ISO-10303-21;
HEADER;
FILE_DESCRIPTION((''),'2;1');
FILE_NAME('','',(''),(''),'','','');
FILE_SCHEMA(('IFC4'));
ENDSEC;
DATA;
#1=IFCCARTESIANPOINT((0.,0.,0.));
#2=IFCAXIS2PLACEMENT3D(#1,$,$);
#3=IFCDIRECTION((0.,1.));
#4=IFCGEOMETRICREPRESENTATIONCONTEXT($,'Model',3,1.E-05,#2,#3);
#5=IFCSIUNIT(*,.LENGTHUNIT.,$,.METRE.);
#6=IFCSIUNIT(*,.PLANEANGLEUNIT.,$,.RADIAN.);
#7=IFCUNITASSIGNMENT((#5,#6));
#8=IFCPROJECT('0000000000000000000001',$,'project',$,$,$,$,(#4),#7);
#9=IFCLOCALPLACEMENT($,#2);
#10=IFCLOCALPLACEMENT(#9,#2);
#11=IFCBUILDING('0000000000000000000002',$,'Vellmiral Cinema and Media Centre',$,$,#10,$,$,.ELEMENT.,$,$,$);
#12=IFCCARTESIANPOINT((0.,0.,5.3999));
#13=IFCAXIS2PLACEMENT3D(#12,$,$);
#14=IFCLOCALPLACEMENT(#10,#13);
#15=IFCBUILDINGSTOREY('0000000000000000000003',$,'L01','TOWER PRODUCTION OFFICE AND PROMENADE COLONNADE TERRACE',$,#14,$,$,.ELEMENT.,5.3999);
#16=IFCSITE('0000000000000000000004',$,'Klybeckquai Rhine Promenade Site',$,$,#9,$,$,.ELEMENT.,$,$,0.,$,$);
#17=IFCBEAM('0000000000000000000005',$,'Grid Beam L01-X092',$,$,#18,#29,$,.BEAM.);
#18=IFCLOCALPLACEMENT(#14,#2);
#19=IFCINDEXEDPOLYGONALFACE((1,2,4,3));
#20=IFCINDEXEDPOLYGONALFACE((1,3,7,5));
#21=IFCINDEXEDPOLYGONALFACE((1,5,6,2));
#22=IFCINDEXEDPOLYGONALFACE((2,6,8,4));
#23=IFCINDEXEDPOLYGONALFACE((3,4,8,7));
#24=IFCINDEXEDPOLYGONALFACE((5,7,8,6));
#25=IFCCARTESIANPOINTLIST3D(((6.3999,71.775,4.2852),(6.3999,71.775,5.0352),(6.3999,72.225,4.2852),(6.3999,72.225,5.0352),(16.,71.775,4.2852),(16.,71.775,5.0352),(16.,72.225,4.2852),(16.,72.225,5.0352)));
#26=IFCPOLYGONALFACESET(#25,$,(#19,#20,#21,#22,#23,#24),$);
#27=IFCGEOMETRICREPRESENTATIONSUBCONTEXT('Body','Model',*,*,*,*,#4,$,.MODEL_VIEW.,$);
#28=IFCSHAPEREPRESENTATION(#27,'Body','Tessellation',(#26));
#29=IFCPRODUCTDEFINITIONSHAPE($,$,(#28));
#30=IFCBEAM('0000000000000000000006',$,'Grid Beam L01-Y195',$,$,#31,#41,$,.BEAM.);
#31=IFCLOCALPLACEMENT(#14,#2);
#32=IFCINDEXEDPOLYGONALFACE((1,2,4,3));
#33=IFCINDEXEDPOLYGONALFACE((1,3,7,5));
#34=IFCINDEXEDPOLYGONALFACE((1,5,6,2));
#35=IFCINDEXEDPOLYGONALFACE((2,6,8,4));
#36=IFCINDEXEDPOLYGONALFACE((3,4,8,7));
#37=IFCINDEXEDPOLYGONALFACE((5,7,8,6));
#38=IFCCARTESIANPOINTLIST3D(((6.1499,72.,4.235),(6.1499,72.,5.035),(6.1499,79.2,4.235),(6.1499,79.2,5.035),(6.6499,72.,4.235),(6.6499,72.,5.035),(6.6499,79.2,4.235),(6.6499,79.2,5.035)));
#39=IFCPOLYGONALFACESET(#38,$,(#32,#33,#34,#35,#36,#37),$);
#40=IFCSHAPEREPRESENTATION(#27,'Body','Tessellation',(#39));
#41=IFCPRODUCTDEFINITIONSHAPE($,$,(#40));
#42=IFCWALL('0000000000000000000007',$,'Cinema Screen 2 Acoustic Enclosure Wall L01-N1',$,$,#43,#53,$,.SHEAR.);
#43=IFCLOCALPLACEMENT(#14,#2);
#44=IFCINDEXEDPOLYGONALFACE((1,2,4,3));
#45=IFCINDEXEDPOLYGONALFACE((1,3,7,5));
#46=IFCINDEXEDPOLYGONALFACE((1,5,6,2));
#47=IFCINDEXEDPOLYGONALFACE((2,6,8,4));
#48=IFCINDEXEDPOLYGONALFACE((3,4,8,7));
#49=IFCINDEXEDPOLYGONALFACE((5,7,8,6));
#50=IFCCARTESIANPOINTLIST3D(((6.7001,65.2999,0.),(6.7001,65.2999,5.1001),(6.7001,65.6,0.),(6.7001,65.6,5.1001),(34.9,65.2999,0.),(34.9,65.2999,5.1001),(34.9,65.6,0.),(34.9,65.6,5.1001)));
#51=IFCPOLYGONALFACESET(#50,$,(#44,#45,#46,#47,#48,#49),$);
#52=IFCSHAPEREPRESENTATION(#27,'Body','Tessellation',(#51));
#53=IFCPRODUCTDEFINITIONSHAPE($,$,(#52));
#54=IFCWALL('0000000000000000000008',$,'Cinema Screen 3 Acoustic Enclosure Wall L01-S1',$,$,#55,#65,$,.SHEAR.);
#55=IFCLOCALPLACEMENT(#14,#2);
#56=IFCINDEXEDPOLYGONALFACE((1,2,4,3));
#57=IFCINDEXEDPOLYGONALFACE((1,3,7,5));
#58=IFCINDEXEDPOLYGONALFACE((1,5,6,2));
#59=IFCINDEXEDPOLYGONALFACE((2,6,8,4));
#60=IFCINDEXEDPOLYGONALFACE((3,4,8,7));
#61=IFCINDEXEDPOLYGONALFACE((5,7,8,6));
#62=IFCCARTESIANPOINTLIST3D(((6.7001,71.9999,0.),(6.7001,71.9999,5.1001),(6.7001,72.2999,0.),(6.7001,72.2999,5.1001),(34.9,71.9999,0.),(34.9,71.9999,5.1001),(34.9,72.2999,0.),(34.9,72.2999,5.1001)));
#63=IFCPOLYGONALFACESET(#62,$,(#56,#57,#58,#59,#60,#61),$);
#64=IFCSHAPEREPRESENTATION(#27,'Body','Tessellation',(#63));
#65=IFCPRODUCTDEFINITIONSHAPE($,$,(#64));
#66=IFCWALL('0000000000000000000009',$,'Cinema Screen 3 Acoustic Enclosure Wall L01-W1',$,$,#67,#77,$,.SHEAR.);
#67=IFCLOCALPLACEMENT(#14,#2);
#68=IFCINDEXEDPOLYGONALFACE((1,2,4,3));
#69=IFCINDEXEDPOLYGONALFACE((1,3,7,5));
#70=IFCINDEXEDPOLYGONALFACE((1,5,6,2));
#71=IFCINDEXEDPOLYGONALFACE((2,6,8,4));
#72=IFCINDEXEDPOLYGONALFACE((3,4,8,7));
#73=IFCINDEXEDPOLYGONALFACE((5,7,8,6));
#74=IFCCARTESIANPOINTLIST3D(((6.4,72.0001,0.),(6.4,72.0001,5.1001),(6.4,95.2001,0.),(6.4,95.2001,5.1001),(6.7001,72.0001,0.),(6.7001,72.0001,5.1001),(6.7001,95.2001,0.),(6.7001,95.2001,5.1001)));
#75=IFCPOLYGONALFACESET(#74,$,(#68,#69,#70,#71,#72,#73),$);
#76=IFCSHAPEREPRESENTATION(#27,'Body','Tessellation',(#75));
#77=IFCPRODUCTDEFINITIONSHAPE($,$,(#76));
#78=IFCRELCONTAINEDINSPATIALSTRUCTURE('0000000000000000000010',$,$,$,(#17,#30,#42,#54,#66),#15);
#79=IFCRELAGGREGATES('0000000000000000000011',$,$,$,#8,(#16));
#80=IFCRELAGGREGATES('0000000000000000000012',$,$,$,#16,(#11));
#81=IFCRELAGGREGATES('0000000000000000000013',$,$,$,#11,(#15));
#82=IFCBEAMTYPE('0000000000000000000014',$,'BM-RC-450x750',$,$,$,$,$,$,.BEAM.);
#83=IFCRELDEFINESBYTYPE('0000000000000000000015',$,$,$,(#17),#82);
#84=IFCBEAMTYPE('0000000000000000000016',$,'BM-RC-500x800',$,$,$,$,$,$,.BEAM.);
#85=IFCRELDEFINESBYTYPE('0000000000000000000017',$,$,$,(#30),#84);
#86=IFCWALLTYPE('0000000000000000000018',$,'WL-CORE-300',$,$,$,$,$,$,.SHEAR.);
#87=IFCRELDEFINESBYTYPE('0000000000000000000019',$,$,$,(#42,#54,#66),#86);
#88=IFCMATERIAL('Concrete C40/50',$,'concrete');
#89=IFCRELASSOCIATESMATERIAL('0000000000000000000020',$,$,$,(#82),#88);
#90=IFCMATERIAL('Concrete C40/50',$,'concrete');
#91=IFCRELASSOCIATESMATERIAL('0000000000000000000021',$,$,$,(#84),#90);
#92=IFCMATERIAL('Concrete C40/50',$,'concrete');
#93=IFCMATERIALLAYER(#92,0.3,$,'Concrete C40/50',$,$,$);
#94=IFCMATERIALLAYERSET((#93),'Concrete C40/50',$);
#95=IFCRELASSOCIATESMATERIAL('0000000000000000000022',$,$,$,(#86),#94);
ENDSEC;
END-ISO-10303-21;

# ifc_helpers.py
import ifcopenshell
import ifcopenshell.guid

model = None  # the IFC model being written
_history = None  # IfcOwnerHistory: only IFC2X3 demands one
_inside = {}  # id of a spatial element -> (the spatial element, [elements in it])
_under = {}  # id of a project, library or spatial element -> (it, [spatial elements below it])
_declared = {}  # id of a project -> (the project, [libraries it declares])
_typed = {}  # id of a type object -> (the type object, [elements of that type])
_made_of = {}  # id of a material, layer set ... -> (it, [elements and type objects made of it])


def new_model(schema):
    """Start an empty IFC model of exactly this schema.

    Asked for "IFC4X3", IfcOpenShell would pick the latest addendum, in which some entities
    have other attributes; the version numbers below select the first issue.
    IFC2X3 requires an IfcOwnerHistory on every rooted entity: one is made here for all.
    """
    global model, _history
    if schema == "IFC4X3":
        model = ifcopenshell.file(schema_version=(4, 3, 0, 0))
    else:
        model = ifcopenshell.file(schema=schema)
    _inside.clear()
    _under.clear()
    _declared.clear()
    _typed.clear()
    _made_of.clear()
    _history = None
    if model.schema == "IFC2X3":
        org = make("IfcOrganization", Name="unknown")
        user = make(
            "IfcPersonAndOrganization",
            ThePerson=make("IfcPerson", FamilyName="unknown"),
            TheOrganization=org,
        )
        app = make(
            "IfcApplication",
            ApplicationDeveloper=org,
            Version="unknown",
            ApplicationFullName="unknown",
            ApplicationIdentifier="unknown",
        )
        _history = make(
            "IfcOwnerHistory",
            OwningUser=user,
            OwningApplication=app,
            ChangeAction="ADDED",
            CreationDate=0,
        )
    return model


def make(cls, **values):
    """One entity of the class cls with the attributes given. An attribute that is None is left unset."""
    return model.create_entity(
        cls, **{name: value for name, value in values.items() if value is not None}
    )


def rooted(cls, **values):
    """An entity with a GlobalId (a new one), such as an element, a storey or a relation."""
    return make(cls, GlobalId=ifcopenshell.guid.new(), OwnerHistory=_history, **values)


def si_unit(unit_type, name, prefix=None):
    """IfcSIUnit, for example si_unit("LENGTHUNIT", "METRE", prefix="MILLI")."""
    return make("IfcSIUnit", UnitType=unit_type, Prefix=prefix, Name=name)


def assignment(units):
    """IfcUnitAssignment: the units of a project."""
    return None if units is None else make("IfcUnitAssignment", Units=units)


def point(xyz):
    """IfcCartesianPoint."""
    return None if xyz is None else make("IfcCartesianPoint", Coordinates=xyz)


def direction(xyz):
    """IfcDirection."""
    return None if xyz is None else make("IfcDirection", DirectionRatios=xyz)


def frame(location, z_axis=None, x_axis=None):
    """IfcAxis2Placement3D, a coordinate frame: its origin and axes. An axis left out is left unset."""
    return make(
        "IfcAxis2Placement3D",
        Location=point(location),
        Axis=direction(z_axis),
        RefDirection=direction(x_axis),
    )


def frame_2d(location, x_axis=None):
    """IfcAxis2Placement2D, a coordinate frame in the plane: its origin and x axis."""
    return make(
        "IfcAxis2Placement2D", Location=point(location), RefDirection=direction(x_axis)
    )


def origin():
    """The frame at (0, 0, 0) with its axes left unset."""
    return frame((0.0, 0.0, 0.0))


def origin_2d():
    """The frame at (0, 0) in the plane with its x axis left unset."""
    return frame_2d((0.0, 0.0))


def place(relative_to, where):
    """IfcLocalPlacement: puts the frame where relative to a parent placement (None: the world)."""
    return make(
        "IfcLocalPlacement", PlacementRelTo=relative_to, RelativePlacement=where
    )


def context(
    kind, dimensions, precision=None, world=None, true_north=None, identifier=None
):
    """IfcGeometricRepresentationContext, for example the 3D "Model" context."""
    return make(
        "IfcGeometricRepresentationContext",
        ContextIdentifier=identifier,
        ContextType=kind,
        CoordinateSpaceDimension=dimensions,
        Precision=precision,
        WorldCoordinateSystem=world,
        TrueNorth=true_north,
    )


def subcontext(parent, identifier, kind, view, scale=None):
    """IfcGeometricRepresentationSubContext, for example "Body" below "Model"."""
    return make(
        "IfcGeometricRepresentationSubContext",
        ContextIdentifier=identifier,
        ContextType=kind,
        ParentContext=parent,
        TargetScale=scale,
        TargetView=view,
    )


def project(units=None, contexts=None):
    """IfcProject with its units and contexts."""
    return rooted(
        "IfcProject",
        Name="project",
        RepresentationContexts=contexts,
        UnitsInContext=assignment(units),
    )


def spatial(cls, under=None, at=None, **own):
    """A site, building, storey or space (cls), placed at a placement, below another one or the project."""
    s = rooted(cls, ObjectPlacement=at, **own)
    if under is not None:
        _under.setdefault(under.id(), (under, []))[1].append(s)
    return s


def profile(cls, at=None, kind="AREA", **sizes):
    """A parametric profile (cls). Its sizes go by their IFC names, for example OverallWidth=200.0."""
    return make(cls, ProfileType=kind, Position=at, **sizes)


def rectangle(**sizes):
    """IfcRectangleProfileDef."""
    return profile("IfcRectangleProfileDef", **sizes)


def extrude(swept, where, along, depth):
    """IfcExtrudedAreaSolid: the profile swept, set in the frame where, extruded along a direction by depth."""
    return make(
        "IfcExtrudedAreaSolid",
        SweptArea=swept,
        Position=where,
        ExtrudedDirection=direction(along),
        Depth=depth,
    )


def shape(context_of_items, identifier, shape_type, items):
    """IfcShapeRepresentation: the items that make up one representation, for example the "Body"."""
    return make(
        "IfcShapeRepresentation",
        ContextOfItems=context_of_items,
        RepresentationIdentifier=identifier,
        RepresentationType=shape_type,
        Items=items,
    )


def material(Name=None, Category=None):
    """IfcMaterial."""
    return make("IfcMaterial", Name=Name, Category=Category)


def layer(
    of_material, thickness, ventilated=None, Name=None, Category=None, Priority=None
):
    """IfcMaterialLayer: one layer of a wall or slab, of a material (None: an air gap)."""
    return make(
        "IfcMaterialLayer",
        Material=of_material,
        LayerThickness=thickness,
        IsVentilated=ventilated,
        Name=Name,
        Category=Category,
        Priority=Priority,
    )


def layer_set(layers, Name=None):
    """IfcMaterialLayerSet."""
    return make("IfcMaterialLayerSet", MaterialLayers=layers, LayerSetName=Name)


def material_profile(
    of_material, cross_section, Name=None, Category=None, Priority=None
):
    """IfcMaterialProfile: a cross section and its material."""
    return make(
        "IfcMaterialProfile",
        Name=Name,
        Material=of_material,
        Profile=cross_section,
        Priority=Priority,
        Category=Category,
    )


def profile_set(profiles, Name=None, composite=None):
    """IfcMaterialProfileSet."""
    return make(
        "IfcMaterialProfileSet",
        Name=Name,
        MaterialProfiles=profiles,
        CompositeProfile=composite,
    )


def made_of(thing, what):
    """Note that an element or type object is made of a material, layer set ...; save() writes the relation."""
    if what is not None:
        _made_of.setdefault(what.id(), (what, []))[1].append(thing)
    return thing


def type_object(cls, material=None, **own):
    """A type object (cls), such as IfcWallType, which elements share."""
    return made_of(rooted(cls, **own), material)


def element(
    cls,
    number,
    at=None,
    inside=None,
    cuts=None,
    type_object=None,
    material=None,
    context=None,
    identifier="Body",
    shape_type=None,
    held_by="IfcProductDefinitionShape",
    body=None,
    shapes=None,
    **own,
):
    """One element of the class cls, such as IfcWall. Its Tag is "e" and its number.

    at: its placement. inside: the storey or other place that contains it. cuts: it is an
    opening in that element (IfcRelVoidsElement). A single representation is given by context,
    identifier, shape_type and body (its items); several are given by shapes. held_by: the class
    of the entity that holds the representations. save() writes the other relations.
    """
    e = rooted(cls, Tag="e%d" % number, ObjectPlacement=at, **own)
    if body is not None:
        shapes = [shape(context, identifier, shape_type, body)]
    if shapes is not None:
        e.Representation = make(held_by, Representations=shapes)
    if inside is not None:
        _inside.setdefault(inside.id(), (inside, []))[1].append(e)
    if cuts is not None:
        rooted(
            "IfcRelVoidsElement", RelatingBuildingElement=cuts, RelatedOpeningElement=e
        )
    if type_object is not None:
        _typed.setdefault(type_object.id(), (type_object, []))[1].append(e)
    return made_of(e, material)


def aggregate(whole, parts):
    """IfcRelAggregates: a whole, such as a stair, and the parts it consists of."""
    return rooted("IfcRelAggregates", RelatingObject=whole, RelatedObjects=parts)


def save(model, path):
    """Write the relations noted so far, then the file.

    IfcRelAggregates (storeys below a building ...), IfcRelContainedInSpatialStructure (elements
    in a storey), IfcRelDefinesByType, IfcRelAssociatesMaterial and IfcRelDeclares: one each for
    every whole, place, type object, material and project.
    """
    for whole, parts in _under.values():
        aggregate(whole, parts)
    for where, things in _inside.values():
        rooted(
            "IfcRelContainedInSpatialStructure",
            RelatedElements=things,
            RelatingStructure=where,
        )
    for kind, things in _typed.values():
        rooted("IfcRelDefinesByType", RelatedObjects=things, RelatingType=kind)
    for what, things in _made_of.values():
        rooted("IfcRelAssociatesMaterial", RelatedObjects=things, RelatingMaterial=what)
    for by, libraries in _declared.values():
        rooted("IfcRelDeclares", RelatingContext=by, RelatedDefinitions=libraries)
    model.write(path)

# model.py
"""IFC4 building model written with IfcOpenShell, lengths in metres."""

from ifc_helpers import new_model, si_unit, direction, frame, frame_2d, origin, origin_2d, place, context, subcontext, project, spatial, rectangle, extrude, material, layer, layer_set, material_profile, profile_set, type_object, element, save


model = new_model("IFC4")

# Units and contexts
model_context = context("Model", 3, precision=1e-05, world=origin(), true_north=direction((0.0, 1.0)))
body_context = subcontext(model_context, "Body", "Model", "MODEL_VIEW")
ifc_project = project(units=[si_unit("LENGTHUNIT", "METRE"), si_unit("PLANEANGLEUNIT", "RADIAN")], contexts=[model_context])

# Site, building, storey
site_placement = place(None, origin())
site = spatial("IfcSite", under=ifc_project, at=site_placement, Name="Klybeckquai Rhine Promenade Site", CompositionType="ELEMENT", RefElevation=0.0)
building_placement = place(site_placement, origin())
building = spatial("IfcBuilding", under=site, at=building_placement, Name="Vellmiral Cinema and Media Centre", CompositionType="ELEMENT")
storey_placement = place(building_placement, frame((0.0, 0.0, 5.3999)))
storey = spatial("IfcBuildingStorey", under=building, at=storey_placement, Name="L01", Description="TOWER PRODUCTION OFFICE AND PROMENADE COLONNADE TERRACE", CompositionType="ELEMENT", Elevation=5.3999)

# Beams
ifc_material_1 = material(Name="Concrete C40/50", Category="concrete")
ifc_material_profile_1 = material_profile(ifc_material_1, rectangle(XDim=0.45, YDim=0.75, at=origin_2d()), Name="RC 450x750")
ifc_profile_set_1 = profile_set([ifc_material_profile_1], Name="Concrete C40/50")
beam_type_1 = type_object("IfcBeamType", Name="BM-RC-450x750", PredefinedType="BEAM", material=ifc_profile_set_1)
beam_1_placement = place(storey_placement, frame((6.3999, 72.0, 4.6602), z_axis=(1.0, 0.0, 0.0), x_axis=(0.0, 1.0, 0.0)))
element("IfcBeam", 1, at=beam_1_placement, inside=storey, type_object=beam_type_1, Name="Grid Beam L01-X092", PredefinedType="BEAM", context=body_context, shape_type="SweptSolid", body=[
    extrude(rectangle(XDim=0.45, YDim=0.75, at=origin_2d()), origin(), (0.0, 0.0, 1.0), 9.6001),
])
ifc_material_2 = material(Name="Concrete C40/50", Category="concrete")
ifc_material_profile_2 = material_profile(ifc_material_2, rectangle(XDim=0.5, YDim=0.8, at=origin_2d()), Name="RC 500x800")
ifc_profile_set_2 = profile_set([ifc_material_profile_2], Name="Concrete C40/50")
beam_type_2 = type_object("IfcBeamType", Name="BM-RC-500x800", PredefinedType="BEAM", material=ifc_profile_set_2)
beam_2_placement = place(storey_placement, frame((6.3999, 72.0, 4.635), z_axis=(0.0, 1.0, 0.0), x_axis=(-1.0, 0.0, 0.0)))
element("IfcBeam", 2, at=beam_2_placement, inside=storey, type_object=beam_type_2, Name="Grid Beam L01-Y195", PredefinedType="BEAM", context=body_context, shape_type="SweptSolid", body=[
    extrude(rectangle(XDim=0.5, YDim=0.8, at=origin_2d()), origin(), (0.0, 0.0, 1.0), 7.2),
])

# Walls
ifc_material_3 = material(Name="Concrete C40/50", Category="concrete")
ifc_layer = layer(ifc_material_3, 0.3, Name="Concrete C40/50")
ifc_layer_set = layer_set([ifc_layer], Name="Concrete C40/50")
wall_type = type_object("IfcWallType", Name="WL-CORE-300", PredefinedType="SHEAR", material=ifc_layer_set)
for number, where, z_axis, x_axis, name in (
    (3, (6.7, 65.45, 0.0), (0.0, 0.0, 1.0), (1.0, 0.0, 0.0), "Cinema Screen 2 Acoustic Enclosure Wall L01-N1"),
    (4, (6.7, 72.1499, 0.0), (0.0, 0.0, 1.0), (1.0, 0.0, 0.0), "Cinema Screen 3 Acoustic Enclosure Wall L01-S1"),
):
    element("IfcWall", number, at=place(storey_placement, frame(where, z_axis=z_axis, x_axis=x_axis)), inside=storey, type_object=wall_type, Name=name, PredefinedType="SHEAR", context=body_context, shape_type="SweptSolid", body=[
        extrude(rectangle(XDim=28.2, YDim=0.3, at=frame_2d((14.1001, 0.0))), origin(), (0.0, 0.0, 1.0), 5.1001),
    ])
wall_placement = place(storey_placement, frame((6.55, 72.0, 0.0), z_axis=(0.0, 0.0, 1.0), x_axis=(0.0, 1.0, 0.0)))
element("IfcWall", 5, at=wall_placement, inside=storey, type_object=wall_type, Name="Cinema Screen 3 Acoustic Enclosure Wall L01-W1", PredefinedType="SHEAR", context=body_context, shape_type="SweptSolid", body=[
    extrude(rectangle(XDim=23.2, YDim=0.3, at=frame_2d((11.6001, 0.0))), origin(), (0.0, 0.0, 1.0), 5.1001),
])

save(model, "model.ifc")
